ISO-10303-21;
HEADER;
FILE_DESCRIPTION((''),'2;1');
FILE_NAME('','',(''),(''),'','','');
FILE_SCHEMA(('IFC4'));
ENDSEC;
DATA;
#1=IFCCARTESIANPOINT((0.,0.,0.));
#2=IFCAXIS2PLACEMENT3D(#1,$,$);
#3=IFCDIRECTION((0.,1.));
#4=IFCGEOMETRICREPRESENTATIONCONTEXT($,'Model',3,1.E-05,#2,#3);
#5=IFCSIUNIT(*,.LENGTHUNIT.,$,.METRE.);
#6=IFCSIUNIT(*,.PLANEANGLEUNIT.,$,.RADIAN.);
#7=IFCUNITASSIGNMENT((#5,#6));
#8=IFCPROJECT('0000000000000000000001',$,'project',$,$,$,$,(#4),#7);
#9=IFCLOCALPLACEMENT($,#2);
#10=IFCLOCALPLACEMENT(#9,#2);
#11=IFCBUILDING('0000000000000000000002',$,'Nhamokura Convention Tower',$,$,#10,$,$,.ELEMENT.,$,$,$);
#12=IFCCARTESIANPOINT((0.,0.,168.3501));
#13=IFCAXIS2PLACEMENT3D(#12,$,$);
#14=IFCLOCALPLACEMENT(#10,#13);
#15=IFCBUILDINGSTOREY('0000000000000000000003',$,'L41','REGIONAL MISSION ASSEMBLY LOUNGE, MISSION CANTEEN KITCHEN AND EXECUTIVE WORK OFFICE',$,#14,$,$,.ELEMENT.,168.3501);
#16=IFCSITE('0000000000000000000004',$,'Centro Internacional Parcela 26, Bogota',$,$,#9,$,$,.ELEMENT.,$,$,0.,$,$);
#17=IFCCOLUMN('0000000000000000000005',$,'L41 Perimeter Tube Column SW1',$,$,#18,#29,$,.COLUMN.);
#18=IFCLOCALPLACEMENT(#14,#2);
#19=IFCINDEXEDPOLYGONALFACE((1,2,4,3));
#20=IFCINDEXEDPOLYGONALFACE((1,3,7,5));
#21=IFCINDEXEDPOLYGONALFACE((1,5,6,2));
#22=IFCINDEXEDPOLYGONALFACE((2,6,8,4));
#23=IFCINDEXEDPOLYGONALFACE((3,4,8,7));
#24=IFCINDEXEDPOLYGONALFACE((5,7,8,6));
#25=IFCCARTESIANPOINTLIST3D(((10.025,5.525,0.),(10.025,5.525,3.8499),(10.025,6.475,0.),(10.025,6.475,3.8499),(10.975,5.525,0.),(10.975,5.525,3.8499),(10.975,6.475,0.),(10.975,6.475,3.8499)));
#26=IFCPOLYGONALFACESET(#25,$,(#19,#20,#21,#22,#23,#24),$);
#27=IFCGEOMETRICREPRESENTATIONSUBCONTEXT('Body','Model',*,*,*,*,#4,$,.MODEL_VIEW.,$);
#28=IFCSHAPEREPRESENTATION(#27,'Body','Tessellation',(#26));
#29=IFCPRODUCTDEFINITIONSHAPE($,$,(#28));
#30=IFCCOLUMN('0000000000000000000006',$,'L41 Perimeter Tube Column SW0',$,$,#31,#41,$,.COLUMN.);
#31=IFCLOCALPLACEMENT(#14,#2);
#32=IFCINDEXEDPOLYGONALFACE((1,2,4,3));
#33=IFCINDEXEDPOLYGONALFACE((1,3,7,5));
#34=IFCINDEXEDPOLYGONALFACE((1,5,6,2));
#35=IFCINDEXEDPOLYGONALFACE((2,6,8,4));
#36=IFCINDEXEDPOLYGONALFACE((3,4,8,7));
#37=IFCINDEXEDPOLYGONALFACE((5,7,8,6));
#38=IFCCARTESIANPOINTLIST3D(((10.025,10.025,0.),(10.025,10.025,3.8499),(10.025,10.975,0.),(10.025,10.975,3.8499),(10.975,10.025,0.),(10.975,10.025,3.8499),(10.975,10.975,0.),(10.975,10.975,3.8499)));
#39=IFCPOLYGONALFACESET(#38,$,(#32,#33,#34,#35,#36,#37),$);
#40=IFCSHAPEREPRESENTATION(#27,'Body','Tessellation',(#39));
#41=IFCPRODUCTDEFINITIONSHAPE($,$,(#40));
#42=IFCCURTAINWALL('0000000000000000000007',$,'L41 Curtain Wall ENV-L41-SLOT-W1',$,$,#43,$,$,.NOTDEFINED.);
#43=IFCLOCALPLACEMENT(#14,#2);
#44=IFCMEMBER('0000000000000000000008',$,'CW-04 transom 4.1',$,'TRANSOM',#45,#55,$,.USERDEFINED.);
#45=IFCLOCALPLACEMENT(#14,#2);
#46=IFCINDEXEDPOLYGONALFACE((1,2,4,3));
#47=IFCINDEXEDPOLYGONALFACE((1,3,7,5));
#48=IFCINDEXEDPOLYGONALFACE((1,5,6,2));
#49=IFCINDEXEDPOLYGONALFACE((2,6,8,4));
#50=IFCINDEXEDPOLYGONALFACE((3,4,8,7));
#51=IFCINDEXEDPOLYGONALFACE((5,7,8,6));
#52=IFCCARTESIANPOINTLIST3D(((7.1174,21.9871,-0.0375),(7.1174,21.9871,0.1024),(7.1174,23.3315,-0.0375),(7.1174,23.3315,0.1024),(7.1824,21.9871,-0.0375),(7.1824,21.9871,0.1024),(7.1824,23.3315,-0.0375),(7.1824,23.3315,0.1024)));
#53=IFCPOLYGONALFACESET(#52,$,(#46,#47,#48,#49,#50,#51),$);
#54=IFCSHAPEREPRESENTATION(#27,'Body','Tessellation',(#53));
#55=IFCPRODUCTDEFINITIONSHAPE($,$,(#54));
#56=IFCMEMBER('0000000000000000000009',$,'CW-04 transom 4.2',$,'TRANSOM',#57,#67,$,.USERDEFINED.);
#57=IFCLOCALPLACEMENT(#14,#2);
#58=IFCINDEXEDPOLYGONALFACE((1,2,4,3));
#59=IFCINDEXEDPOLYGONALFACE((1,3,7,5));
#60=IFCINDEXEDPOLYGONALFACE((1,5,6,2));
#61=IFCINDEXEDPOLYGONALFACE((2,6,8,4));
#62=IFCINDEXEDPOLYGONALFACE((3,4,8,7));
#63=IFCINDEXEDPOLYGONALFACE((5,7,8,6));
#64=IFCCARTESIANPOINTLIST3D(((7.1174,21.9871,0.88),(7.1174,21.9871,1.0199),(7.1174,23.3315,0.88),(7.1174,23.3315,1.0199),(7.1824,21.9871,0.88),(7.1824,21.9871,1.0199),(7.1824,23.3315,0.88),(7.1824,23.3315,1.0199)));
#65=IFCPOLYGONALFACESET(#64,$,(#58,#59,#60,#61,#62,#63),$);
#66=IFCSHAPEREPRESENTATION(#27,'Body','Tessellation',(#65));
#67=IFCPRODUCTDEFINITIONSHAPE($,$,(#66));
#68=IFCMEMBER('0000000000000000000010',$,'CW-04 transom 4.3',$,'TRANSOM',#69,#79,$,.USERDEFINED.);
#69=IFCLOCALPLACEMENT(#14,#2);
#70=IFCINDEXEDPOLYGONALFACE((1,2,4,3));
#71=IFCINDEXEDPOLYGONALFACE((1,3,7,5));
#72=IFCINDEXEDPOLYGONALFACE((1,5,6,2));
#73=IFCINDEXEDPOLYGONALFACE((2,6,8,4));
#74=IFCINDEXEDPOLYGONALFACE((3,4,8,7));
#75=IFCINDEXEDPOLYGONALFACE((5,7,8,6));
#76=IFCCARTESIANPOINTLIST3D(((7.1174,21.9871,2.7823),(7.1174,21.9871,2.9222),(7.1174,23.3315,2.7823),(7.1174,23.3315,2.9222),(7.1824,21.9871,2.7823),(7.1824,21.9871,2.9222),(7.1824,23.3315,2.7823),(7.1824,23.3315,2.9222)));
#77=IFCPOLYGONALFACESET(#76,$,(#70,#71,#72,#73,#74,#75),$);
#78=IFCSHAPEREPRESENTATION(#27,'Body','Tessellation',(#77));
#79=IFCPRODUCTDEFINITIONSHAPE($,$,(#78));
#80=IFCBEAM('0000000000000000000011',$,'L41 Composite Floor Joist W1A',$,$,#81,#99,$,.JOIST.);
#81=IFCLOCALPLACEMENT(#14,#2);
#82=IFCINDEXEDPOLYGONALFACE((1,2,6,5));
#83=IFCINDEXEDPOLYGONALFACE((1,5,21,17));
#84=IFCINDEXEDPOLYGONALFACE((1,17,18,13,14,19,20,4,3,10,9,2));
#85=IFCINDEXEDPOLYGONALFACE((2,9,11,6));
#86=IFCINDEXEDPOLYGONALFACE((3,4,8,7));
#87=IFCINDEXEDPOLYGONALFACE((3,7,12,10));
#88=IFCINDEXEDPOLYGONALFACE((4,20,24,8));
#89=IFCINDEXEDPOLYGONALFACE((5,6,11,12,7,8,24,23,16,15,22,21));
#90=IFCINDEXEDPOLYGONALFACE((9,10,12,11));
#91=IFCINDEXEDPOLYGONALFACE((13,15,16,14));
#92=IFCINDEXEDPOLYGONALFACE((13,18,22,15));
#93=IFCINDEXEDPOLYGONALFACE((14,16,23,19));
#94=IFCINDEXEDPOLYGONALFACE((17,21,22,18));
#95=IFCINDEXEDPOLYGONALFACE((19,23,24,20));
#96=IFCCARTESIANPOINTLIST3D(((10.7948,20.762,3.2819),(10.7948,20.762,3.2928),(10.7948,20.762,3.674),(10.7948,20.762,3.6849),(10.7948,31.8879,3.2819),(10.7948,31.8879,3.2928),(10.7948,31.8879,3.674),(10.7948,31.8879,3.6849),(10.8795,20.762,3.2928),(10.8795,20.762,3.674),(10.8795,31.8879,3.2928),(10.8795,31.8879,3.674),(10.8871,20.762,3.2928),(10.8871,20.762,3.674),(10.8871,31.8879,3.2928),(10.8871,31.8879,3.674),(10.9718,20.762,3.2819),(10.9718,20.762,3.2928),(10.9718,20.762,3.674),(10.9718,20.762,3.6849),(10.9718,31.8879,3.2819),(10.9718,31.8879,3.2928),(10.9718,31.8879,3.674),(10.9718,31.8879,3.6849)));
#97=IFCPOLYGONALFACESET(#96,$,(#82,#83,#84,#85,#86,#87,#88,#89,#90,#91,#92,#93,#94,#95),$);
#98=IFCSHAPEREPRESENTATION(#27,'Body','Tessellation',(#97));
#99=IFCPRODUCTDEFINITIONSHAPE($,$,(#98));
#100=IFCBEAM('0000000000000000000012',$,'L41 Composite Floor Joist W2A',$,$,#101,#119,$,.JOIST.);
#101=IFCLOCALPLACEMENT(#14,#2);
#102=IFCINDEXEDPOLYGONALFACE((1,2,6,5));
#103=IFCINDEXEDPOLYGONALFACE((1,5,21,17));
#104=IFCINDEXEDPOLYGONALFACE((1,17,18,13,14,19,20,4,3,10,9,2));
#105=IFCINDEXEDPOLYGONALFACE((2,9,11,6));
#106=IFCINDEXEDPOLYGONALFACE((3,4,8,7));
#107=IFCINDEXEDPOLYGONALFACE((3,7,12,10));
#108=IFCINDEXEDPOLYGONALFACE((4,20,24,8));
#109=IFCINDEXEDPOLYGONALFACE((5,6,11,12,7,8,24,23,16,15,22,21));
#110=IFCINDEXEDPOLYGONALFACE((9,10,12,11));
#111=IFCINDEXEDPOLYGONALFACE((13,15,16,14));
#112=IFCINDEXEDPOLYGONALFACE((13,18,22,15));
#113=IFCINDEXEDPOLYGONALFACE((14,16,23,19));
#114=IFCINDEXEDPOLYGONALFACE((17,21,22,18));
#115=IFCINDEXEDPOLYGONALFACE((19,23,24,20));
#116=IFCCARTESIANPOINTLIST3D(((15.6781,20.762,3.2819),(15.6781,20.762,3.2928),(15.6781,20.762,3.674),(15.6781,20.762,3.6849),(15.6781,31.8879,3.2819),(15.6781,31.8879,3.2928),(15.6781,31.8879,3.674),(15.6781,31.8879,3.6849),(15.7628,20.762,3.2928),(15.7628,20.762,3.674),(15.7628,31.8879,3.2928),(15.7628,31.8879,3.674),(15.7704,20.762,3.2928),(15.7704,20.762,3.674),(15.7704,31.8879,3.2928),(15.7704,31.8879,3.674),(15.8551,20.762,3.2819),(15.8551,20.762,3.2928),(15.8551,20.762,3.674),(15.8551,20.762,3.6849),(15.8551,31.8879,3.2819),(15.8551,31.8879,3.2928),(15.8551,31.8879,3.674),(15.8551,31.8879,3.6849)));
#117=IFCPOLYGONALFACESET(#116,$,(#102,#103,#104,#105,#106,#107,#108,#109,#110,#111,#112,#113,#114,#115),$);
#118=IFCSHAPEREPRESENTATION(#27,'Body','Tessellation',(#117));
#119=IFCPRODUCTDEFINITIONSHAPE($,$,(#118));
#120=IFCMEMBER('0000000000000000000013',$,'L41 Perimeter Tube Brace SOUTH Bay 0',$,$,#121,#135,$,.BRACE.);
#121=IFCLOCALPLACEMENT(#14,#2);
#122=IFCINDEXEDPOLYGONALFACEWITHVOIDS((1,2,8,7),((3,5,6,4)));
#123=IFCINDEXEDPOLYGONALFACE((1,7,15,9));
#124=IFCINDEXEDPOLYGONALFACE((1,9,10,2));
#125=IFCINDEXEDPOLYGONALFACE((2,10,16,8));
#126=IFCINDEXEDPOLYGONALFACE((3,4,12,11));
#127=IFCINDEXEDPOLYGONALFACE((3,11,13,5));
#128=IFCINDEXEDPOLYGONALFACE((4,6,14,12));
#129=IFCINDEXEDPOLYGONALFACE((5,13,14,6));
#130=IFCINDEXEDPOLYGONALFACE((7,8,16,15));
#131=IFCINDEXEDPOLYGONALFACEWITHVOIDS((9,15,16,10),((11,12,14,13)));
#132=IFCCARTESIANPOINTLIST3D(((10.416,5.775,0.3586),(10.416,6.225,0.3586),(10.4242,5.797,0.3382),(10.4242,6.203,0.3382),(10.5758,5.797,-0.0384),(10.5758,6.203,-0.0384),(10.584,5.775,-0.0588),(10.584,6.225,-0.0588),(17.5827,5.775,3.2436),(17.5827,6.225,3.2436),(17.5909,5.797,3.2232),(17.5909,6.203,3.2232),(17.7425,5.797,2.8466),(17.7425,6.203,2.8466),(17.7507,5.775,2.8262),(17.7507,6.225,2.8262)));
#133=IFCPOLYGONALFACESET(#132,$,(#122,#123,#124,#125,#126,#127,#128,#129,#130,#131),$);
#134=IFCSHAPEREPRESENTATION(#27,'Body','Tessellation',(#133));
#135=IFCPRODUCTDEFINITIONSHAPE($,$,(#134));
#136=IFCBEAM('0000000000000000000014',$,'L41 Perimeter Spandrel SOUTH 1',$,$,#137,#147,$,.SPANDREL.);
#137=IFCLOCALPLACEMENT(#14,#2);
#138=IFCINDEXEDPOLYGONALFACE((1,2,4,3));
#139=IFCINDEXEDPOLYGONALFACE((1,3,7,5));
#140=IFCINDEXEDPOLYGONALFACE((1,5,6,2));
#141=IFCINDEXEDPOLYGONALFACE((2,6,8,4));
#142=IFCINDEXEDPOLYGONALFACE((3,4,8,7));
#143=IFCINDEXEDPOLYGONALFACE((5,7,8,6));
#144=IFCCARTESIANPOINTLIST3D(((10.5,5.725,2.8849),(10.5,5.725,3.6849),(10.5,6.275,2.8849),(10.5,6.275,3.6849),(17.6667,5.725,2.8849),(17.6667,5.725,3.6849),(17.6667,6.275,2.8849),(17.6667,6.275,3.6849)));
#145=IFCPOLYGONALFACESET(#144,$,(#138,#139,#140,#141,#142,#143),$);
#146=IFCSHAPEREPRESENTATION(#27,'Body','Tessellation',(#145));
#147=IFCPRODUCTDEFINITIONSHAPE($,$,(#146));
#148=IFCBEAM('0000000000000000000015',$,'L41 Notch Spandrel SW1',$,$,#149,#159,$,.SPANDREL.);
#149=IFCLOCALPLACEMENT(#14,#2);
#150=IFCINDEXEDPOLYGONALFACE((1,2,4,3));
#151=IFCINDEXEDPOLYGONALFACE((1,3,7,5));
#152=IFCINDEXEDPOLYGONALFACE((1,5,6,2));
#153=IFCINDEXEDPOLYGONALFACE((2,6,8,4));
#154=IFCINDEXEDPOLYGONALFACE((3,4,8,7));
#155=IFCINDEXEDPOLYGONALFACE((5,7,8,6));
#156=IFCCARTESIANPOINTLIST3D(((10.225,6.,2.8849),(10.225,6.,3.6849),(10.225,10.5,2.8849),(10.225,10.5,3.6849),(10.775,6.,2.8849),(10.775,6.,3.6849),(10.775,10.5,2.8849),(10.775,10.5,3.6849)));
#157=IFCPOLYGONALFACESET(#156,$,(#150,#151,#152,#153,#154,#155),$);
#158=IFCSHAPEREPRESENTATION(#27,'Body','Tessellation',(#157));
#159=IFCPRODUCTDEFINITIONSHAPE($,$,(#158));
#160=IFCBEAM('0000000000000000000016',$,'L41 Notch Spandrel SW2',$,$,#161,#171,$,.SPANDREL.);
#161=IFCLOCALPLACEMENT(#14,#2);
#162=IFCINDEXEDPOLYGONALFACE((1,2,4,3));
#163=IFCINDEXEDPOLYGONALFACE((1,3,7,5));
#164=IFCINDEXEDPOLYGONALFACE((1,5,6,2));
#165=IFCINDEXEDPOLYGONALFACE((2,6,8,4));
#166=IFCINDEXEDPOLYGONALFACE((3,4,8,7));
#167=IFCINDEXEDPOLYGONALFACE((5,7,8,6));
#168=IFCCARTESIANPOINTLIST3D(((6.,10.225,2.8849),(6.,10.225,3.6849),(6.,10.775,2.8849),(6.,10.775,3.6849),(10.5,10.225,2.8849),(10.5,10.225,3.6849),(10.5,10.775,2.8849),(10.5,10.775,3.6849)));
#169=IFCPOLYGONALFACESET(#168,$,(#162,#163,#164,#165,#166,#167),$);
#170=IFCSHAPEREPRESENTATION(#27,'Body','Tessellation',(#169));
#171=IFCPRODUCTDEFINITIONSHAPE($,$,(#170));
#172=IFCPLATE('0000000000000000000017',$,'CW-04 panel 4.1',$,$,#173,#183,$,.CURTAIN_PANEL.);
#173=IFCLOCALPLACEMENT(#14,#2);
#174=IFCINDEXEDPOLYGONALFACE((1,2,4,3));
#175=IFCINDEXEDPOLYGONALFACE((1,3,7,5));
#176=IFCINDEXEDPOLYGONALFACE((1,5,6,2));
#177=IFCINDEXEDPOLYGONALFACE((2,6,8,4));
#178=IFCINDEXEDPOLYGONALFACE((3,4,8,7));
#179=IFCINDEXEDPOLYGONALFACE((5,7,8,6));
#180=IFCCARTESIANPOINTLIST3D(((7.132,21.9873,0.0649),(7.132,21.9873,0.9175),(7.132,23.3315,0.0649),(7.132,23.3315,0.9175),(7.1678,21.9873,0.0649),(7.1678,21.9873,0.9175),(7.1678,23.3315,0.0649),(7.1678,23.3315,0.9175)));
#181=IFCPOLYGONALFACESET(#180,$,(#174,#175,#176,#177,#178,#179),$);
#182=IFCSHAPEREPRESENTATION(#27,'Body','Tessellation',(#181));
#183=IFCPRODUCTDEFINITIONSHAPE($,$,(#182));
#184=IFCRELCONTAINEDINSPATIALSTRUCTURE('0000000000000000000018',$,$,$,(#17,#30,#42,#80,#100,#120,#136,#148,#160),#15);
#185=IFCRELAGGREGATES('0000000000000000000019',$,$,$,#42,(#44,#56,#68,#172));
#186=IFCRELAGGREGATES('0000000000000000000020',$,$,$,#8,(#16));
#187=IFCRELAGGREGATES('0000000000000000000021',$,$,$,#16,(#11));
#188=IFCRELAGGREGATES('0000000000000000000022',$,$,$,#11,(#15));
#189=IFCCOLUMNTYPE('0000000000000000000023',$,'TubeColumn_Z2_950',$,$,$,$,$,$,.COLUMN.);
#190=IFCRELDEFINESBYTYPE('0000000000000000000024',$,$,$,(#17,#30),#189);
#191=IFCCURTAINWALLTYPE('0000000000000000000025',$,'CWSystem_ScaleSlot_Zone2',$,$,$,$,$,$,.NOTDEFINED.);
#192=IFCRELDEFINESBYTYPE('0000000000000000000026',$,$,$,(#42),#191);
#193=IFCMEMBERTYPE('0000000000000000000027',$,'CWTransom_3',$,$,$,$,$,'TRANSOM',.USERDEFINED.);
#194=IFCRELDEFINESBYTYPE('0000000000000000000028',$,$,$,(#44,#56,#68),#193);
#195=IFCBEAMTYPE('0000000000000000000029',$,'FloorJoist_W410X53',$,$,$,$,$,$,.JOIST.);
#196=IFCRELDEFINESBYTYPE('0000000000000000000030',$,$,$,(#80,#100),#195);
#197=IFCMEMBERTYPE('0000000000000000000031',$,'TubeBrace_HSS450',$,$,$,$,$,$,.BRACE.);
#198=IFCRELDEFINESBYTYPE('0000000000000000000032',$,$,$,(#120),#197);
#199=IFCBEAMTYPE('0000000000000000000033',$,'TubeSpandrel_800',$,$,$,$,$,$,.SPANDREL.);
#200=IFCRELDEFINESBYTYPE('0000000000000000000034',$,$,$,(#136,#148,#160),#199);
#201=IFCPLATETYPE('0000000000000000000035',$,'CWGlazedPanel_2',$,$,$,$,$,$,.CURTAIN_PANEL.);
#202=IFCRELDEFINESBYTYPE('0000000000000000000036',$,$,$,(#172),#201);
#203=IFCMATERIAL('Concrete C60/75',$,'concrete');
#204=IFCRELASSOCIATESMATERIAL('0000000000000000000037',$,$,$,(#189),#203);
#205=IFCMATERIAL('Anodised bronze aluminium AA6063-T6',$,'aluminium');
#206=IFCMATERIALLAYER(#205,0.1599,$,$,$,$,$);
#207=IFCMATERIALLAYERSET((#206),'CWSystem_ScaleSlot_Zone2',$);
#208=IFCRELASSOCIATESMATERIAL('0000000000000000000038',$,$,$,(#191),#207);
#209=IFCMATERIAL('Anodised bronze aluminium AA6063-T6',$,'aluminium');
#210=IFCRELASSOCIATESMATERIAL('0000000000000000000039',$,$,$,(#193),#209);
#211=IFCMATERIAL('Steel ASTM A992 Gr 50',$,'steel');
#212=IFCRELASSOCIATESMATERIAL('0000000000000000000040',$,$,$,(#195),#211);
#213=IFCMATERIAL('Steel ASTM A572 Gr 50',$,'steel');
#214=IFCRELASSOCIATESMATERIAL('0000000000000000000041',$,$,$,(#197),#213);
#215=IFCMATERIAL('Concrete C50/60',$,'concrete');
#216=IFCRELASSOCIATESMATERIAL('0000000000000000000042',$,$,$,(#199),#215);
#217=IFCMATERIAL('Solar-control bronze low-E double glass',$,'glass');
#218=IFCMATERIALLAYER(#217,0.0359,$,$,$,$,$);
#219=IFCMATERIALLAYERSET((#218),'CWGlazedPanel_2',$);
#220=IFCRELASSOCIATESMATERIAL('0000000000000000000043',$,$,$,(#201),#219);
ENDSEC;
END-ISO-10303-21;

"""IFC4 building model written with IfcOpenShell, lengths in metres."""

from ifc_helpers import new_model, si_unit, direction, frame, origin, origin_2d, place, context, subcontext, project, spatial, rectangle, hollow_rectangle, i_section, extrude, material, layer, layer_set, material_profile, profile_set, type_object, element, aggregate, save


model = new_model("IFC4")

# Units and contexts
model_context = context("Model", 3, precision=1e-05, world=origin(), true_north=direction((0.0, 1.0)))
body_context = subcontext(model_context, "Body", "Model", "MODEL_VIEW")
ifc_project = project(units=[si_unit("LENGTHUNIT", "METRE"), si_unit("PLANEANGLEUNIT", "RADIAN")], contexts=[model_context])

# Site, building, storey
site_placement = place(None, origin())
site = spatial("IfcSite", under=ifc_project, at=site_placement, Name="Centro Internacional Parcela 26, Bogota", CompositionType="ELEMENT", RefElevation=0.0)
building_placement = place(site_placement, origin())
building = spatial("IfcBuilding", under=site, at=building_placement, Name="Nhamokura Convention Tower", CompositionType="ELEMENT")
storey_placement = place(building_placement, frame((0.0, 0.0, 168.3501)))
storey = spatial("IfcBuildingStorey", under=building, at=storey_placement, Name="L41", Description="REGIONAL MISSION ASSEMBLY LOUNGE, MISSION CANTEEN KITCHEN AND EXECUTIVE WORK OFFICE", CompositionType="ELEMENT", Elevation=168.3501)

# Columns
ifc_material_1 = material(Name="Concrete C60/75", Category="concrete")
ifc_material_profile_1 = material_profile(ifc_material_1, rectangle(XDim=0.95, YDim=0.95, at=origin_2d()))
ifc_profile_set_1 = profile_set([ifc_material_profile_1], Name="Concrete C60/75")
column_type = type_object("IfcColumnType", Name="TubeColumn_Z2_950", PredefinedType="COLUMN", material=ifc_profile_set_1)
for number, where, z_axis, x_axis, name in (
    (1, (10.5, 6.0, 0.0), (0.0, 0.0, 1.0), (1.0, 0.0, 0.0), "L41 Perimeter Tube Column SW1"),
    (2, (10.5, 10.5, 0.0), (0.0, 0.0, 1.0), (1.0, 0.0, 0.0), "L41 Perimeter Tube Column SW0"),
):
    element("IfcColumn", number, at=place(storey_placement, frame(where, z_axis=z_axis, x_axis=x_axis)), inside=storey, type_object=column_type, Name=name, PredefinedType="COLUMN", context=body_context, shape_type="SweptSolid", body=[
        extrude(rectangle(XDim=0.95, YDim=0.95, at=origin_2d()), origin(), (0.0, 0.0, 1.0), 3.8499),
    ])

# Curtain wall, members
ifc_material_2 = material(Name="Anodised bronze aluminium AA6063-T6", Category="aluminium")
ifc_layer_1 = layer(ifc_material_2, 0.1599)
ifc_layer_set_1 = layer_set([ifc_layer_1], Name="CWSystem_ScaleSlot_Zone2")
curtain_wall_type = type_object("IfcCurtainWallType", Name="CWSystem_ScaleSlot_Zone2", PredefinedType="NOTDEFINED", material=ifc_layer_set_1)
curtain_wall_placement = place(storey_placement, origin())
curtain_wall = element("IfcCurtainWall", 3, at=curtain_wall_placement, inside=storey, type_object=curtain_wall_type, Name="L41 Curtain Wall ENV-L41-SLOT-W1", PredefinedType="NOTDEFINED")
ifc_material_3 = material(Name="Anodised bronze aluminium AA6063-T6", Category="aluminium")
ifc_material_profile_2 = material_profile(ifc_material_3, rectangle(XDim=0.0649, YDim=0.1399, at=origin_2d()))
ifc_profile_set_2 = profile_set([ifc_material_profile_2], Name="Anodised bronze aluminium AA6063-T6")
member_type_1 = type_object("IfcMemberType", Name="CWTransom_3", ElementType="TRANSOM", PredefinedType="USERDEFINED", material=ifc_profile_set_2)
member_1_placement = place(storey_placement, frame((7.1499, 21.9871, 0.0325), z_axis=(0.0, 1.0, 0.0), x_axis=(-1.0, 0.0, 0.0)))
member_1 = element("IfcMember", 4, at=member_1_placement, type_object=member_type_1, Name="CW-04 transom 4.1", ObjectType="TRANSOM", PredefinedType="USERDEFINED", context=body_context, shape_type="SweptSolid", body=[
    extrude(rectangle(XDim=0.0649, YDim=0.1399, at=origin_2d()), origin(), (0.0, 0.0, 1.0), 1.3445),
])
member_2_placement = place(storey_placement, frame((7.1499, 21.9871, 0.95), z_axis=(0.0, 1.0, 0.0), x_axis=(-1.0, 0.0, 0.0)))
member_2 = element("IfcMember", 5, at=member_2_placement, type_object=member_type_1, Name="CW-04 transom 4.2", ObjectType="TRANSOM", PredefinedType="USERDEFINED", context=body_context, shape_type="SweptSolid", body=[
    extrude(rectangle(XDim=0.0649, YDim=0.1399, at=origin_2d()), origin(), (0.0, 0.0, 1.0), 1.3445),
])
member_3_placement = place(storey_placement, frame((7.1499, 21.9871, 2.8523), z_axis=(0.0, 1.0, 0.0), x_axis=(-1.0, 0.0, 0.0)))
member_3 = element("IfcMember", 6, at=member_3_placement, type_object=member_type_1, Name="CW-04 transom 4.3", ObjectType="TRANSOM", PredefinedType="USERDEFINED", context=body_context, shape_type="SweptSolid", body=[
    extrude(rectangle(XDim=0.0649, YDim=0.1399, at=origin_2d()), origin(), (0.0, 0.0, 1.0), 1.3445),
])

# Beams
ifc_material_4 = material(Name="Steel ASTM A992 Gr 50", Category="steel")
ifc_material_profile_3 = material_profile(ifc_material_4, i_section(OverallWidth=0.177, OverallDepth=0.4031, WebThickness=0.0076, FlangeThickness=0.011, at=origin_2d()))
ifc_profile_set_3 = profile_set([ifc_material_profile_3], Name="Steel ASTM A992 Gr 50")
beam_type_1 = type_object("IfcBeamType", Name="FloorJoist_W410X53", PredefinedType="JOIST", material=ifc_profile_set_3)
for number, where, z_axis, x_axis, name in (
    (7, (10.8833, 20.762, 3.4834), (0.0, 1.0, 0.0), (-1.0, 0.0, 0.0), "L41 Composite Floor Joist W1A"),
    (8, (15.7666, 20.762, 3.4834), (0.0, 1.0, 0.0), (-1.0, 0.0, 0.0), "L41 Composite Floor Joist W2A"),
):
    element("IfcBeam", number, at=place(storey_placement, frame(where, z_axis=z_axis, x_axis=x_axis)), inside=storey, type_object=beam_type_1, Name=name, PredefinedType="JOIST", context=body_context, shape_type="SweptSolid", body=[
        extrude(i_section(OverallWidth=0.177, OverallDepth=0.4031, WebThickness=0.0076, FlangeThickness=0.011, at=origin_2d()), origin(), (0.0, 0.0, 1.0), 11.126),
    ])

# Member
ifc_material_5 = material(Name="Steel ASTM A572 Gr 50", Category="steel")
ifc_material_profile_4 = material_profile(ifc_material_5, hollow_rectangle(XDim=0.45, YDim=0.45, WallThickness=0.022, at=origin_2d()))
ifc_profile_set_4 = profile_set([ifc_material_profile_4], Name="Steel ASTM A572 Gr 50")
member_type_2 = type_object("IfcMemberType", Name="TubeBrace_HSS450", PredefinedType="BRACE", material=ifc_profile_set_4)
member_4_placement = place(storey_placement, frame((10.5, 6.0, 0.1499), z_axis=(0.927657, 0.0, 0.373433), x_axis=(0.0, 1.0, 0.0)))
element("IfcMember", 9, at=member_4_placement, inside=storey, type_object=member_type_2, Name="L41 Perimeter Tube Brace SOUTH Bay 0", PredefinedType="BRACE", context=body_context, shape_type="SweptSolid", body=[
    extrude(hollow_rectangle(XDim=0.45, YDim=0.45, WallThickness=0.022, at=origin_2d()), origin(), (0.0, 0.0, 1.0), 7.7256),
])

# Beams
ifc_material_6 = material(Name="Concrete C50/60", Category="concrete")
ifc_material_profile_5 = material_profile(ifc_material_6, rectangle(XDim=0.55, YDim=0.8, at=origin_2d()))
ifc_profile_set_5 = profile_set([ifc_material_profile_5], Name="Concrete C50/60")
beam_type_2 = type_object("IfcBeamType", Name="TubeSpandrel_800", PredefinedType="SPANDREL", material=ifc_profile_set_5)
beam_placement = place(storey_placement, frame((10.5, 6.0, 3.2849), z_axis=(1.0, 0.0, 0.0), x_axis=(0.0, 1.0, 0.0)))
element("IfcBeam", 10, at=beam_placement, inside=storey, type_object=beam_type_2, Name="L41 Perimeter Spandrel SOUTH 1", PredefinedType="SPANDREL", context=body_context, shape_type="SweptSolid", body=[
    extrude(rectangle(XDim=0.55, YDim=0.8, at=origin_2d()), origin(), (0.0, 0.0, 1.0), 7.1667),
])
for number, where, z_axis, x_axis, name in (
    (11, (10.5, 6.0, 3.2849), (0.0, 1.0, 0.0), (-1.0, 0.0, 0.0), "L41 Notch Spandrel SW1"),
    (12, (10.5, 10.5, 3.2849), (-1.0, 0.0, 0.0), (0.0, -1.0, 0.0), "L41 Notch Spandrel SW2"),
):
    element("IfcBeam", number, at=place(storey_placement, frame(where, z_axis=z_axis, x_axis=x_axis)), inside=storey, type_object=beam_type_2, Name=name, PredefinedType="SPANDREL", context=body_context, shape_type="SweptSolid", body=[
        extrude(rectangle(XDim=0.55, YDim=0.8, at=origin_2d()), origin(), (0.0, 0.0, 1.0), 4.5),
    ])

# Plate
ifc_material_7 = material(Name="Solar-control bronze low-E double glass", Category="glass")
ifc_layer_2 = layer(ifc_material_7, 0.0359)
ifc_layer_set_2 = layer_set([ifc_layer_2], Name="CWGlazedPanel_2")
plate_type = type_object("IfcPlateType", Name="CWGlazedPanel_2", PredefinedType="CURTAIN_PANEL", material=ifc_layer_set_2)
plate_1_placement = place(storey_placement, frame((7.1499, 22.6594, 0.0649), z_axis=(0.0, 0.0, 1.0), x_axis=(0.0, 1.0, 0.0)))
plate_1 = element("IfcPlate", 13, at=plate_1_placement, type_object=plate_type, Name="CW-04 panel 4.1", PredefinedType="CURTAIN_PANEL", context=body_context, shape_type="SweptSolid", body=[
    extrude(rectangle(XDim=1.3442, YDim=0.0359, at=origin_2d()), origin(), (0.0, 0.0, 1.0), 0.8525),
])
aggregate(curtain_wall, [member_1, member_2, member_3, plate_1])

save(model, "model.ifc")
